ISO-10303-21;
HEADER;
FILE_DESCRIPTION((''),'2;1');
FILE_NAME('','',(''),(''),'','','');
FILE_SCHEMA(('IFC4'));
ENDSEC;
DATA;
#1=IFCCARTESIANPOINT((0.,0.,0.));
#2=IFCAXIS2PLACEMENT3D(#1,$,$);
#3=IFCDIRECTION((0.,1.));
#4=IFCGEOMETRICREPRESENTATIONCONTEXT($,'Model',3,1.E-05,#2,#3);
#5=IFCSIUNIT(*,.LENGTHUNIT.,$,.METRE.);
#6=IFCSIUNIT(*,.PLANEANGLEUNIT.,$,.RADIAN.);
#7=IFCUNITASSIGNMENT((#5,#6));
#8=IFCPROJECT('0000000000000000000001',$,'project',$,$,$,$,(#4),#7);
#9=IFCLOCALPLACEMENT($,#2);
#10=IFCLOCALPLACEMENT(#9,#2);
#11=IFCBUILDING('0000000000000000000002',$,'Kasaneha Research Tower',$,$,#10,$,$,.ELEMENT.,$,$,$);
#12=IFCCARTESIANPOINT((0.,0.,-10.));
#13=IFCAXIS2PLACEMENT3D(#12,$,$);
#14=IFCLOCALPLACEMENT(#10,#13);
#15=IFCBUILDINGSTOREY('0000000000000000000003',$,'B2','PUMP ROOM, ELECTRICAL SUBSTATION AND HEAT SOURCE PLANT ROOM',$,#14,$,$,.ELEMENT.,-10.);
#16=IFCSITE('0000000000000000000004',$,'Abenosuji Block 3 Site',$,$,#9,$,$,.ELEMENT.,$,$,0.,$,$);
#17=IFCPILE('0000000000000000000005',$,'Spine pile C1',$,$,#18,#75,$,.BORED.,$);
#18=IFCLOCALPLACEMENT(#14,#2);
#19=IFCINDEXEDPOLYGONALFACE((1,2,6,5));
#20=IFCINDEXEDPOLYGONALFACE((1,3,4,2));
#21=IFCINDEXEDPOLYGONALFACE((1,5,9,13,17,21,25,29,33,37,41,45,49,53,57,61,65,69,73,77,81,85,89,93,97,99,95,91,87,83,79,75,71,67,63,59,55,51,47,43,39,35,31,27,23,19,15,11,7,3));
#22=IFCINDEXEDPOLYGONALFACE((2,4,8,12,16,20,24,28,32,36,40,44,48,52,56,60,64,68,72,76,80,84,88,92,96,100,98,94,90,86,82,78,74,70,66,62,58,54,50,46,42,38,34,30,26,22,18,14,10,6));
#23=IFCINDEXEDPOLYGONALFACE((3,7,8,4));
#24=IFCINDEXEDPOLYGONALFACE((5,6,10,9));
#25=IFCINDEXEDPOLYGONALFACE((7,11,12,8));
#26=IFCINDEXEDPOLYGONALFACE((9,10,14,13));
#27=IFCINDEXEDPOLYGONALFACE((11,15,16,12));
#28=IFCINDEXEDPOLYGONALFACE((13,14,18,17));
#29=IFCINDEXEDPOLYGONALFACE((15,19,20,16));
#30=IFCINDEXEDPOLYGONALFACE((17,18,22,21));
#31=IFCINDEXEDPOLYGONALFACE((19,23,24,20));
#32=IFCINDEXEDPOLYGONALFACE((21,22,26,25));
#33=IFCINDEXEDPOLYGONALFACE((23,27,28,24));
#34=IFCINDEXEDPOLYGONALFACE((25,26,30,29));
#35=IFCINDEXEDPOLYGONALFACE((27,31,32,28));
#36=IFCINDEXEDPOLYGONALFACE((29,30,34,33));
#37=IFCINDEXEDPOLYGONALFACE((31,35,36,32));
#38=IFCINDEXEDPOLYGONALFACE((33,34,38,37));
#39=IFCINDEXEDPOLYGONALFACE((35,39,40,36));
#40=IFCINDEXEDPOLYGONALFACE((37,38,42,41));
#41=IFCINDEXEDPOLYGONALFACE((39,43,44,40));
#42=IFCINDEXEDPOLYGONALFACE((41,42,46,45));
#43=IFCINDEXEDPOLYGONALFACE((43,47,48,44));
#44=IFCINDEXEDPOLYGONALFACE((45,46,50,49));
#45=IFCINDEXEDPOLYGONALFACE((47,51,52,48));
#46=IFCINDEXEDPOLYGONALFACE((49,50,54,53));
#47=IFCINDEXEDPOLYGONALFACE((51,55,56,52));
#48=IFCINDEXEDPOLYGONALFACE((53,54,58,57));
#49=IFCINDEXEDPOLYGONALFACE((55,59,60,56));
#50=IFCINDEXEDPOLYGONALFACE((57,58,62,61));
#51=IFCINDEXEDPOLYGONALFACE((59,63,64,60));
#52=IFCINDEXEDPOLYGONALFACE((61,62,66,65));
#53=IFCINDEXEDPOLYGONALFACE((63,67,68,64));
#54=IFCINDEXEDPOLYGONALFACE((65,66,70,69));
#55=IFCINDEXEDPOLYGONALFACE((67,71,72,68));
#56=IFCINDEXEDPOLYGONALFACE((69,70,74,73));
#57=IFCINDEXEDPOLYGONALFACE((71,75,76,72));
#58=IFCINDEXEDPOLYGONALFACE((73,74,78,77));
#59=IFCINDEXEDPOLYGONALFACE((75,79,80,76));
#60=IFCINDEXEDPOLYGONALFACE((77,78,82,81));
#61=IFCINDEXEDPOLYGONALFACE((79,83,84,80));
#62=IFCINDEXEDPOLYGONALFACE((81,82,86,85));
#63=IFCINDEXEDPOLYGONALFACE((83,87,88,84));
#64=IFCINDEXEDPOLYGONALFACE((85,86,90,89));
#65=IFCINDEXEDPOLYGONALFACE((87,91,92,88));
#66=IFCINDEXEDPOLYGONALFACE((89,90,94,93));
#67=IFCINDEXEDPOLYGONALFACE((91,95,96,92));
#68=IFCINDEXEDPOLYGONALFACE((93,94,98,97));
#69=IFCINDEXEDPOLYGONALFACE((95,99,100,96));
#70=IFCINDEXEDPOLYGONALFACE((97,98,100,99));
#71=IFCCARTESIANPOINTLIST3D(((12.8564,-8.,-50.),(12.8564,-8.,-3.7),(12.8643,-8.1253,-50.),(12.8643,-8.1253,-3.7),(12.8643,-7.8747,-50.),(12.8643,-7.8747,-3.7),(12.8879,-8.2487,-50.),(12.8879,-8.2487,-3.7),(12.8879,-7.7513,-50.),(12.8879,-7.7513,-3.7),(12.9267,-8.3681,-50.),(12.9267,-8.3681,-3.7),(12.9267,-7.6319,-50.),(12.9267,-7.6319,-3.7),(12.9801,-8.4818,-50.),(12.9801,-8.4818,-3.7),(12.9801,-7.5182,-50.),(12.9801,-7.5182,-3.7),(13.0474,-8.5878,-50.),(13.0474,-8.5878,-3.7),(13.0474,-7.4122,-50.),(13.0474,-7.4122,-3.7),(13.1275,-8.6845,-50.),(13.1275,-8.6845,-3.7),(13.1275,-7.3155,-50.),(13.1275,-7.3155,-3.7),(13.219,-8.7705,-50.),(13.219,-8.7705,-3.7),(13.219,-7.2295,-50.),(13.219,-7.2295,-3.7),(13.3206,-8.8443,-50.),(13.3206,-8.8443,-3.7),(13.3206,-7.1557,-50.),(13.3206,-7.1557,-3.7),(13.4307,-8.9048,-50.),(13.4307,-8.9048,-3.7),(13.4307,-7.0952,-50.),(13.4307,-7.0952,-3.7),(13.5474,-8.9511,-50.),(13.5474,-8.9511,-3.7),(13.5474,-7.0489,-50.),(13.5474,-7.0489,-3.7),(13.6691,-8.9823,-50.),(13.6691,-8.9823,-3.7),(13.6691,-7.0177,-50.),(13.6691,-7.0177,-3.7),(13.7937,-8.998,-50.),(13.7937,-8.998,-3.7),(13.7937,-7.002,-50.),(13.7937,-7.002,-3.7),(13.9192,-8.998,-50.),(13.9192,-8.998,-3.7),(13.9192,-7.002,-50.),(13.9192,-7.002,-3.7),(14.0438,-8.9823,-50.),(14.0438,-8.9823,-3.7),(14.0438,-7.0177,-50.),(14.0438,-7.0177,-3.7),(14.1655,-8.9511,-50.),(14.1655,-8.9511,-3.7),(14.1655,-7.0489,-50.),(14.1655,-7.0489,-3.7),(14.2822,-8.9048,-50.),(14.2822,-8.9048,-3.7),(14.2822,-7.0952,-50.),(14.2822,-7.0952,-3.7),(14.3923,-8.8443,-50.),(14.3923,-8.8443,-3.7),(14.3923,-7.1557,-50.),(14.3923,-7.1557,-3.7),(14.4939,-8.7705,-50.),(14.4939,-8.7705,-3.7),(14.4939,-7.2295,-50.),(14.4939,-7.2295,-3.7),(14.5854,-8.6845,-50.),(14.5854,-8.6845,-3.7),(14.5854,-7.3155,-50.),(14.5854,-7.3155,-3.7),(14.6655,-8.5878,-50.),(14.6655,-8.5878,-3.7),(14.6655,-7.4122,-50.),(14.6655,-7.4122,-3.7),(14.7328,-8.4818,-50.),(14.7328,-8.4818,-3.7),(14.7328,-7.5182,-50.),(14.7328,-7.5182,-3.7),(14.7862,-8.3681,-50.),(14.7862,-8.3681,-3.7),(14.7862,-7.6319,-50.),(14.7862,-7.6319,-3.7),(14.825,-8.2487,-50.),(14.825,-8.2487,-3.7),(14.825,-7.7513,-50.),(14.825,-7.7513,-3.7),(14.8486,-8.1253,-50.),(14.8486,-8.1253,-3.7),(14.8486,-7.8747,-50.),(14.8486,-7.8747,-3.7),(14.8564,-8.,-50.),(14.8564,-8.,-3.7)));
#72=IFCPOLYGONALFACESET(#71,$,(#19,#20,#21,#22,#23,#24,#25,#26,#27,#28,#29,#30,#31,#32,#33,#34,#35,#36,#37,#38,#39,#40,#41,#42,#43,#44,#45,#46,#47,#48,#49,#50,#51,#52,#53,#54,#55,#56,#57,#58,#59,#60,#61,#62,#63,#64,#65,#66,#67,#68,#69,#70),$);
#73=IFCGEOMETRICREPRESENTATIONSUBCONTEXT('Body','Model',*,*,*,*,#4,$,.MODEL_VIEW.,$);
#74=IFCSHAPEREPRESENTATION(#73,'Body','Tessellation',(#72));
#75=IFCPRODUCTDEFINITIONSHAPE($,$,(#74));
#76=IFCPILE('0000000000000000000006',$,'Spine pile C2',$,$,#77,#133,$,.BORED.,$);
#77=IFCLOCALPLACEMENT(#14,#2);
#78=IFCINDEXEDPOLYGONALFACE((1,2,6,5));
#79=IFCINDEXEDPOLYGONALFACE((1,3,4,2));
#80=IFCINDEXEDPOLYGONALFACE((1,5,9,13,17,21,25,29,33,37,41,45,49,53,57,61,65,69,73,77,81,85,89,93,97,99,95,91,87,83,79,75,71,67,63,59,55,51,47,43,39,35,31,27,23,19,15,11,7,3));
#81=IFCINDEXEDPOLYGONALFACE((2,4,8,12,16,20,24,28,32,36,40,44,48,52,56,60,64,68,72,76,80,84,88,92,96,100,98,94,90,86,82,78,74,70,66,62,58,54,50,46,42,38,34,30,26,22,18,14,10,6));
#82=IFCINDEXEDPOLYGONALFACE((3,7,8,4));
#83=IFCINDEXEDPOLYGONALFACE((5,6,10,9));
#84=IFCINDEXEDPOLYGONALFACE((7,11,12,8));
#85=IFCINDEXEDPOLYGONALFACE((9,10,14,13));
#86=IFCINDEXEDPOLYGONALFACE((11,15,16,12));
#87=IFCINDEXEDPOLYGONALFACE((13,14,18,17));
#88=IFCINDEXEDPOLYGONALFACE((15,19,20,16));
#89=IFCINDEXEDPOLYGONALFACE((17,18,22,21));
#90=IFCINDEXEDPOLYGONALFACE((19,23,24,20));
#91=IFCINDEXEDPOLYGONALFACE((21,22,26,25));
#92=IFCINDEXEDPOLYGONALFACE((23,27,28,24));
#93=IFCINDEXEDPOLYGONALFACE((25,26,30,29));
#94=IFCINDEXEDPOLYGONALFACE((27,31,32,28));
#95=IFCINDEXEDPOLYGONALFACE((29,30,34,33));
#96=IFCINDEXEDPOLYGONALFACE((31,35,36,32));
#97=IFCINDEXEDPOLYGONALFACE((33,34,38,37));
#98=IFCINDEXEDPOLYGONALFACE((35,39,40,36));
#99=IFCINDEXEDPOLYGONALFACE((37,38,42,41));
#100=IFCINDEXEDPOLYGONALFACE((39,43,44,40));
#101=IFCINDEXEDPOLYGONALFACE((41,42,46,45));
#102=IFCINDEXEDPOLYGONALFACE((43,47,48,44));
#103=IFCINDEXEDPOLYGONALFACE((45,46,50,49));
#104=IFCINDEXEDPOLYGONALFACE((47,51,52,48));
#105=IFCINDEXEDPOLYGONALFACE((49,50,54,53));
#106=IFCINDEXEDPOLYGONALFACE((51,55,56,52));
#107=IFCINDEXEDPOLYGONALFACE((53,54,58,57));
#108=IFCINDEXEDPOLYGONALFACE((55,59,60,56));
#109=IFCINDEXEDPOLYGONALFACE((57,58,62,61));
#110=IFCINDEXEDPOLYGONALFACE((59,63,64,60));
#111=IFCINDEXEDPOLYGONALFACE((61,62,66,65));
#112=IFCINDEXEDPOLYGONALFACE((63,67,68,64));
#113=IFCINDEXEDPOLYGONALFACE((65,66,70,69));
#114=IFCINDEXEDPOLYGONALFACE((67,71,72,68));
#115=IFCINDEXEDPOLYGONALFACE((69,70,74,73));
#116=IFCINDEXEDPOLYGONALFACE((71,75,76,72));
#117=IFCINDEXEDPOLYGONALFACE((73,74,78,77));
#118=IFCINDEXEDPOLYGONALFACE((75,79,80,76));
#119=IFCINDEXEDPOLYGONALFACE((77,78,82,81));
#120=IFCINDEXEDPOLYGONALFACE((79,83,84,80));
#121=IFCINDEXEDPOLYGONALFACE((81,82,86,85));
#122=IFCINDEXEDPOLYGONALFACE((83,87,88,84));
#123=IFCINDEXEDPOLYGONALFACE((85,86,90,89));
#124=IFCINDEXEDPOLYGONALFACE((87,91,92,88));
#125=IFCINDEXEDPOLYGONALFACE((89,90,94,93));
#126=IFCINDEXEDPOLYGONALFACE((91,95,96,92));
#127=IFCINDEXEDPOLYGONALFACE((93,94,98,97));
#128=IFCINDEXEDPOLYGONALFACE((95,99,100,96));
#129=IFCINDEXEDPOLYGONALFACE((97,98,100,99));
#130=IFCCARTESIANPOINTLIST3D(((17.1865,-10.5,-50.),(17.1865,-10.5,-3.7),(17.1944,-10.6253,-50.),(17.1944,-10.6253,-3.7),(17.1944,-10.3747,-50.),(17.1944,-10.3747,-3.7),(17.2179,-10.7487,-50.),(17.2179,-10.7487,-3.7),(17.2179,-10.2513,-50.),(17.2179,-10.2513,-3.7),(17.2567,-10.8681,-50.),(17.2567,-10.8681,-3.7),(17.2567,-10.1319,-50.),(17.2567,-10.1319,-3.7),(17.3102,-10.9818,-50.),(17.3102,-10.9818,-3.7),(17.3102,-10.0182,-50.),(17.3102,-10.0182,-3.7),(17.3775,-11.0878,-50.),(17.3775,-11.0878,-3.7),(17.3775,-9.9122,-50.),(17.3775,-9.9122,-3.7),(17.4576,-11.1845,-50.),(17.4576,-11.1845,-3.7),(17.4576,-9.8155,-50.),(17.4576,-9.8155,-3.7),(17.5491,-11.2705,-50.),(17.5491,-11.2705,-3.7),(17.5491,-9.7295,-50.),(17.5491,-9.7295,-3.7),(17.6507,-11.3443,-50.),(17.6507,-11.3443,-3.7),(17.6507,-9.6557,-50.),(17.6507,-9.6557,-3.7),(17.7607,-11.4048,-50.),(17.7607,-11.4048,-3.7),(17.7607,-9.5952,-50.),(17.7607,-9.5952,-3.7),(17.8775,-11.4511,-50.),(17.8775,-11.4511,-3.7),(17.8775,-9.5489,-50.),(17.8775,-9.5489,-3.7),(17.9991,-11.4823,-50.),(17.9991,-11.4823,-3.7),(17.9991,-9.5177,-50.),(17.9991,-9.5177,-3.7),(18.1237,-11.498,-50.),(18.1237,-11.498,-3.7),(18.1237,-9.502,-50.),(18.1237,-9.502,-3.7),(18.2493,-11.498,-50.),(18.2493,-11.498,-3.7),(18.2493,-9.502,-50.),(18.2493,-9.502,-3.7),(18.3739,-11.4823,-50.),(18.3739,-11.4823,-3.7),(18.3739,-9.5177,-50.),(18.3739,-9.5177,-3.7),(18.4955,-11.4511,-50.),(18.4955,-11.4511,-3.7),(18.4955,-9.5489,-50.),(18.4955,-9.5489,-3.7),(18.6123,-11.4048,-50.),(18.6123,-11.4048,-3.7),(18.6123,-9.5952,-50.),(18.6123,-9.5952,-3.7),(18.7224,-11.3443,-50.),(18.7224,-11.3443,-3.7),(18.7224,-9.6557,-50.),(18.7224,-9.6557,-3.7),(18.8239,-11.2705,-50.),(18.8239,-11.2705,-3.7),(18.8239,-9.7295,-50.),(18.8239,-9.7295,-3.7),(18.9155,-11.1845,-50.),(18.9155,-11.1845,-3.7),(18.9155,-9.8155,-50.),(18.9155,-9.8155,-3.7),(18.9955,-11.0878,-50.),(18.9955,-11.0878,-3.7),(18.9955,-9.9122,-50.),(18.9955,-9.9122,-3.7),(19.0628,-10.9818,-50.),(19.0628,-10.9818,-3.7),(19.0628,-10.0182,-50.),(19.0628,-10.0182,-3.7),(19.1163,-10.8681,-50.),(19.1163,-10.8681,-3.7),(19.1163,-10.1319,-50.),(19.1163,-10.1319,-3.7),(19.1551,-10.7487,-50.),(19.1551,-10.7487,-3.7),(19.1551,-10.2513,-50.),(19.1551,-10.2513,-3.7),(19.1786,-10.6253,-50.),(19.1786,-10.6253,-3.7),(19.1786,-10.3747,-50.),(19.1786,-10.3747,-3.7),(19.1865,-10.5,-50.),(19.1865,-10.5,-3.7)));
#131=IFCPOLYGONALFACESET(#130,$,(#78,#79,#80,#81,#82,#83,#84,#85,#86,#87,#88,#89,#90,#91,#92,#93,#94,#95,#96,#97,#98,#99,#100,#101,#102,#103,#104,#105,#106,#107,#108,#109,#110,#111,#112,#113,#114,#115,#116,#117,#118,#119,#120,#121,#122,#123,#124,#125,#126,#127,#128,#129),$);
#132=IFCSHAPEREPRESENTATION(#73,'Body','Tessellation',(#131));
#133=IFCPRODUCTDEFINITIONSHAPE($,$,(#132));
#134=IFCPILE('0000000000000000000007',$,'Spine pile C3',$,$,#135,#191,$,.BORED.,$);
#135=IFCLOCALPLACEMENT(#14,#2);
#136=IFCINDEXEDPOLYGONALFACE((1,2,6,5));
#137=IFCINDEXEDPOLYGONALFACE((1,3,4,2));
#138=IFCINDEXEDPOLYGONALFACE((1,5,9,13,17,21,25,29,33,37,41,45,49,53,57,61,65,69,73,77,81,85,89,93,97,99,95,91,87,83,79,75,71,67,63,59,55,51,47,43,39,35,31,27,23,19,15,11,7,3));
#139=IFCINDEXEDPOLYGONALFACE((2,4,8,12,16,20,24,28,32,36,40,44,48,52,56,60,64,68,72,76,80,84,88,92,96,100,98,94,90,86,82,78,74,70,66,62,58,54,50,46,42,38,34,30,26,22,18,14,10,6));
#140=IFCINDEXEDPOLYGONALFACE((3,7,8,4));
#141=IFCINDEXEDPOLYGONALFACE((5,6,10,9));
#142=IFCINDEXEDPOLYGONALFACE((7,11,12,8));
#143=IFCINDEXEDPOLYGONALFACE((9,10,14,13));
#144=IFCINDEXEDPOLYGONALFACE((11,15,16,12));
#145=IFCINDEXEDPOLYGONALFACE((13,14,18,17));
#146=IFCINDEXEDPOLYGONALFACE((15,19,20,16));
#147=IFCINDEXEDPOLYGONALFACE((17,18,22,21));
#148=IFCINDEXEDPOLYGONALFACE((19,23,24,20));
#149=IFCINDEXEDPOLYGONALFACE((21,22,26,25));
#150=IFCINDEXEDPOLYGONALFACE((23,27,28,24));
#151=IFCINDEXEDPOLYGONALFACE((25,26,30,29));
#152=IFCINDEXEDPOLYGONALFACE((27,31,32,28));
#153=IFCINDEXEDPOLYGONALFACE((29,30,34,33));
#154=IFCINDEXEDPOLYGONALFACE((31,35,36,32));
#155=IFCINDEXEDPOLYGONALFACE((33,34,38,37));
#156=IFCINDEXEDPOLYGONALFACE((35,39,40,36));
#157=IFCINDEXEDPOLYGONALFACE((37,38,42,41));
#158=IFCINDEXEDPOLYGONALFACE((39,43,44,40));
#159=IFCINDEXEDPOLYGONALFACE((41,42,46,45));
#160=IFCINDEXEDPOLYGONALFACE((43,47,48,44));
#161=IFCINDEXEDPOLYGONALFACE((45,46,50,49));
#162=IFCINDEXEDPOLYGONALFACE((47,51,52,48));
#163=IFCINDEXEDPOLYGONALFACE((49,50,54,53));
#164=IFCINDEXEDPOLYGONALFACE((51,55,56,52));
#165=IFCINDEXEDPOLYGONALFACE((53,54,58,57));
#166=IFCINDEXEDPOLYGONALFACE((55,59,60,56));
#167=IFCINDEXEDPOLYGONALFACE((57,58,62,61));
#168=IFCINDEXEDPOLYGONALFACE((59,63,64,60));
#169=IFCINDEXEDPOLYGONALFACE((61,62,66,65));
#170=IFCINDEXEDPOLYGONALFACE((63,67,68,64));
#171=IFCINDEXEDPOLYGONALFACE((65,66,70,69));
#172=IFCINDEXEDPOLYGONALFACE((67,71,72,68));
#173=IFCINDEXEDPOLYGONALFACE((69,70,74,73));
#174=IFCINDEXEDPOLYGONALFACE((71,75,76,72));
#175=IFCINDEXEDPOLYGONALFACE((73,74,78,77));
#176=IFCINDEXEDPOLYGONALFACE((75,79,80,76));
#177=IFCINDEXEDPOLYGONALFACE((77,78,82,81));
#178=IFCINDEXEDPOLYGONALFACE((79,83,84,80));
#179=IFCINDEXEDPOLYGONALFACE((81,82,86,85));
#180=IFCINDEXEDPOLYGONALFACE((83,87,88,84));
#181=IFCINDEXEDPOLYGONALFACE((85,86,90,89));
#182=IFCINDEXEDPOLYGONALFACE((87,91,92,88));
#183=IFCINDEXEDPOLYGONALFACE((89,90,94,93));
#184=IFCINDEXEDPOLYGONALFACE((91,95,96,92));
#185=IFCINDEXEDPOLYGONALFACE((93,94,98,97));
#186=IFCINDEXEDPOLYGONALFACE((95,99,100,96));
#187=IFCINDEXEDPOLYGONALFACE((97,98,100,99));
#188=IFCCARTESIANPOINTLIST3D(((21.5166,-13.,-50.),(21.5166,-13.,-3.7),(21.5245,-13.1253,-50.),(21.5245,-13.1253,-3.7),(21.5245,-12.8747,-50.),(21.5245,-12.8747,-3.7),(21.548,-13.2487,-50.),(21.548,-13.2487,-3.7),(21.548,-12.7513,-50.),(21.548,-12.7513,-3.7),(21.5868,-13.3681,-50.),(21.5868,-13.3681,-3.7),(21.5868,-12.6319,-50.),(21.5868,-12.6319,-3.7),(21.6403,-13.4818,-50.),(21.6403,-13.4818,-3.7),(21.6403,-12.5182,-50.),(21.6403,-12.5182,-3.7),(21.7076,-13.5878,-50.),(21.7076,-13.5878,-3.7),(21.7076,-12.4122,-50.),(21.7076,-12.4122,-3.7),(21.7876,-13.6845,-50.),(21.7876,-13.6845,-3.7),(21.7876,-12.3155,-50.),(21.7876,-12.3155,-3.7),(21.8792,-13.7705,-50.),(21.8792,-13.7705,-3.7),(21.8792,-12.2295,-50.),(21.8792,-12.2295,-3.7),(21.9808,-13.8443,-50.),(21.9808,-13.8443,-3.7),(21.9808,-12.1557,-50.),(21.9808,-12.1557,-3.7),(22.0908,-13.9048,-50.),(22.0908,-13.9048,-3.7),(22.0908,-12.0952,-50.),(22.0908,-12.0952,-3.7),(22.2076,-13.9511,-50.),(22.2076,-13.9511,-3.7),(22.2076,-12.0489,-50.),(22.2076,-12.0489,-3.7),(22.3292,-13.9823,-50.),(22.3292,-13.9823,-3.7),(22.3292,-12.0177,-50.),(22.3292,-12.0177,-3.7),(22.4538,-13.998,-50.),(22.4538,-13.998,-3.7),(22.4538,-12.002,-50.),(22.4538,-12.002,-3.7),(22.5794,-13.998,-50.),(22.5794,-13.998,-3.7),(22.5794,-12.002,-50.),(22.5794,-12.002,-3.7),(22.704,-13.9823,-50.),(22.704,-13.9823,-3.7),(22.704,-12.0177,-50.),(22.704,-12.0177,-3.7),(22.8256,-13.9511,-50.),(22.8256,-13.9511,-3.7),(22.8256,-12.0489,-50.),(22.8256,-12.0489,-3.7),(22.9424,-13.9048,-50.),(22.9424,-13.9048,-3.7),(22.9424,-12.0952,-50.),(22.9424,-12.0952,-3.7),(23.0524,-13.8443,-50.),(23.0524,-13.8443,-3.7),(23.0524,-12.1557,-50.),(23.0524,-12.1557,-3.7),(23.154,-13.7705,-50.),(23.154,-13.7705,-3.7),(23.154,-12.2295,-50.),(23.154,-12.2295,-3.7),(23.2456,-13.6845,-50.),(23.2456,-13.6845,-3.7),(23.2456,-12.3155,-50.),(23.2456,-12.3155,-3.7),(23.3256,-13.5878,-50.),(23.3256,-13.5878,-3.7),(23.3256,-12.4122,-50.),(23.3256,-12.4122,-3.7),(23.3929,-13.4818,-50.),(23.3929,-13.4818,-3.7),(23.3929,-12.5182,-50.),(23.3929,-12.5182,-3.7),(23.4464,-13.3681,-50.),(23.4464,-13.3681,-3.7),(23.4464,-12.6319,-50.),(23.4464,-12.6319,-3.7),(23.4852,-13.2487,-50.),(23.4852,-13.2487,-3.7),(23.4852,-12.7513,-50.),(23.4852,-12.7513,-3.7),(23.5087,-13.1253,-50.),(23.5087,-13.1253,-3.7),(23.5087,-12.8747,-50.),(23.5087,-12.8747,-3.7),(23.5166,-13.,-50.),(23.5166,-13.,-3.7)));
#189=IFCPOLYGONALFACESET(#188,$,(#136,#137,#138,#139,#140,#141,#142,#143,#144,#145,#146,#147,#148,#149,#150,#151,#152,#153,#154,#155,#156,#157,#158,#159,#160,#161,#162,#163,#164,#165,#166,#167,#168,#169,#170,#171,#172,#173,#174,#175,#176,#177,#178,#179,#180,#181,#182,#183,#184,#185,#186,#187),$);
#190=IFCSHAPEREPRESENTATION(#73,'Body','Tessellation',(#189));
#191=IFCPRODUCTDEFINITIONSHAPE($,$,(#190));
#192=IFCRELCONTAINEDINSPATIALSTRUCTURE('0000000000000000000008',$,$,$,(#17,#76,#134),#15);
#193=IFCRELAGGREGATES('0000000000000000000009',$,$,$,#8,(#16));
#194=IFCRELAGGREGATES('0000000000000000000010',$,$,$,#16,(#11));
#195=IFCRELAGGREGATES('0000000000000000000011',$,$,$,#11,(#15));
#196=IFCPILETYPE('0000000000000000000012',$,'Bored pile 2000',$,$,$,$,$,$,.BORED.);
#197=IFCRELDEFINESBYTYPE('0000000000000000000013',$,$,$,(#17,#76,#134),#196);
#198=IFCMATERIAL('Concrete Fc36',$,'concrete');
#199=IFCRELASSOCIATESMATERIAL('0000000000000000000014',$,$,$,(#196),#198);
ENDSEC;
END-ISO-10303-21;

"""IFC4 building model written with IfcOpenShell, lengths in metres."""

from ifc_helpers import new_model, si_unit, direction, frame, origin, origin_2d, place, context, subcontext, project, spatial, circle, extrude, material, material_profile, profile_set, type_object, element, save


model = new_model("IFC4")

# Units and contexts
model_context = context("Model", 3, precision=1e-05, world=origin(), true_north=direction((0.0, 1.0)))
body_context = subcontext(model_context, "Body", "Model", "MODEL_VIEW")
ifc_project = project(units=[si_unit("LENGTHUNIT", "METRE"), si_unit("PLANEANGLEUNIT", "RADIAN")], contexts=[model_context])

# Site, building, storey
site_placement = place(None, origin())
site = spatial("IfcSite", under=ifc_project, at=site_placement, Name="Abenosuji Block 3 Site", CompositionType="ELEMENT", RefElevation=0.0)
building_placement = place(site_placement, origin())
building = spatial("IfcBuilding", under=site, at=building_placement, Name="Kasaneha Research Tower", CompositionType="ELEMENT")
storey_placement = place(building_placement, frame((0.0, 0.0, -10.0)))
storey = spatial("IfcBuildingStorey", under=building, at=storey_placement, Name="B2", Description="PUMP ROOM, ELECTRICAL SUBSTATION AND HEAT SOURCE PLANT ROOM", CompositionType="ELEMENT", Elevation=-10.0)

# Piles
ifc_material_1 = material(Name="Concrete Fc36", Category="concrete")
ifc_material_profile_1 = material_profile(ifc_material_1, circle(Radius=1.0, at=origin_2d()), Name="Bored pile 2000")
ifc_profile_set_1 = profile_set([ifc_material_profile_1], Name="Concrete Fc36")
pile_type_1 = type_object("IfcPileType", Name="Bored pile 2000", PredefinedType="BORED", material=ifc_profile_set_1)
for number, where, z_axis, x_axis, name in (
    (1, (13.8564, -8.0, -3.7), (0.0, 0.0, -1.0), (1.0, 0.0, 0.0), "Spine pile C1"),
    (2, (18.1865, -10.5, -3.7), (0.0, 0.0, -1.0), (1.0, 0.0, 0.0), "Spine pile C2"),
    (3, (22.5166, -13.0, -3.7), (0.0, 0.0, -1.0), (1.0, 0.0, 0.0), "Spine pile C3"),
):
    element("IfcPile", number, at=place(storey_placement, frame(where, z_axis=z_axis, x_axis=x_axis)), inside=storey, type_object=pile_type_1, Name=name, PredefinedType="BORED", context=body_context, shape_type="SweptSolid", body=[
        extrude(circle(Radius=1.0, at=origin_2d()), origin(), (0.0, 0.0, 1.0), 46.3),
    ])

save(model, "model.ifc")
